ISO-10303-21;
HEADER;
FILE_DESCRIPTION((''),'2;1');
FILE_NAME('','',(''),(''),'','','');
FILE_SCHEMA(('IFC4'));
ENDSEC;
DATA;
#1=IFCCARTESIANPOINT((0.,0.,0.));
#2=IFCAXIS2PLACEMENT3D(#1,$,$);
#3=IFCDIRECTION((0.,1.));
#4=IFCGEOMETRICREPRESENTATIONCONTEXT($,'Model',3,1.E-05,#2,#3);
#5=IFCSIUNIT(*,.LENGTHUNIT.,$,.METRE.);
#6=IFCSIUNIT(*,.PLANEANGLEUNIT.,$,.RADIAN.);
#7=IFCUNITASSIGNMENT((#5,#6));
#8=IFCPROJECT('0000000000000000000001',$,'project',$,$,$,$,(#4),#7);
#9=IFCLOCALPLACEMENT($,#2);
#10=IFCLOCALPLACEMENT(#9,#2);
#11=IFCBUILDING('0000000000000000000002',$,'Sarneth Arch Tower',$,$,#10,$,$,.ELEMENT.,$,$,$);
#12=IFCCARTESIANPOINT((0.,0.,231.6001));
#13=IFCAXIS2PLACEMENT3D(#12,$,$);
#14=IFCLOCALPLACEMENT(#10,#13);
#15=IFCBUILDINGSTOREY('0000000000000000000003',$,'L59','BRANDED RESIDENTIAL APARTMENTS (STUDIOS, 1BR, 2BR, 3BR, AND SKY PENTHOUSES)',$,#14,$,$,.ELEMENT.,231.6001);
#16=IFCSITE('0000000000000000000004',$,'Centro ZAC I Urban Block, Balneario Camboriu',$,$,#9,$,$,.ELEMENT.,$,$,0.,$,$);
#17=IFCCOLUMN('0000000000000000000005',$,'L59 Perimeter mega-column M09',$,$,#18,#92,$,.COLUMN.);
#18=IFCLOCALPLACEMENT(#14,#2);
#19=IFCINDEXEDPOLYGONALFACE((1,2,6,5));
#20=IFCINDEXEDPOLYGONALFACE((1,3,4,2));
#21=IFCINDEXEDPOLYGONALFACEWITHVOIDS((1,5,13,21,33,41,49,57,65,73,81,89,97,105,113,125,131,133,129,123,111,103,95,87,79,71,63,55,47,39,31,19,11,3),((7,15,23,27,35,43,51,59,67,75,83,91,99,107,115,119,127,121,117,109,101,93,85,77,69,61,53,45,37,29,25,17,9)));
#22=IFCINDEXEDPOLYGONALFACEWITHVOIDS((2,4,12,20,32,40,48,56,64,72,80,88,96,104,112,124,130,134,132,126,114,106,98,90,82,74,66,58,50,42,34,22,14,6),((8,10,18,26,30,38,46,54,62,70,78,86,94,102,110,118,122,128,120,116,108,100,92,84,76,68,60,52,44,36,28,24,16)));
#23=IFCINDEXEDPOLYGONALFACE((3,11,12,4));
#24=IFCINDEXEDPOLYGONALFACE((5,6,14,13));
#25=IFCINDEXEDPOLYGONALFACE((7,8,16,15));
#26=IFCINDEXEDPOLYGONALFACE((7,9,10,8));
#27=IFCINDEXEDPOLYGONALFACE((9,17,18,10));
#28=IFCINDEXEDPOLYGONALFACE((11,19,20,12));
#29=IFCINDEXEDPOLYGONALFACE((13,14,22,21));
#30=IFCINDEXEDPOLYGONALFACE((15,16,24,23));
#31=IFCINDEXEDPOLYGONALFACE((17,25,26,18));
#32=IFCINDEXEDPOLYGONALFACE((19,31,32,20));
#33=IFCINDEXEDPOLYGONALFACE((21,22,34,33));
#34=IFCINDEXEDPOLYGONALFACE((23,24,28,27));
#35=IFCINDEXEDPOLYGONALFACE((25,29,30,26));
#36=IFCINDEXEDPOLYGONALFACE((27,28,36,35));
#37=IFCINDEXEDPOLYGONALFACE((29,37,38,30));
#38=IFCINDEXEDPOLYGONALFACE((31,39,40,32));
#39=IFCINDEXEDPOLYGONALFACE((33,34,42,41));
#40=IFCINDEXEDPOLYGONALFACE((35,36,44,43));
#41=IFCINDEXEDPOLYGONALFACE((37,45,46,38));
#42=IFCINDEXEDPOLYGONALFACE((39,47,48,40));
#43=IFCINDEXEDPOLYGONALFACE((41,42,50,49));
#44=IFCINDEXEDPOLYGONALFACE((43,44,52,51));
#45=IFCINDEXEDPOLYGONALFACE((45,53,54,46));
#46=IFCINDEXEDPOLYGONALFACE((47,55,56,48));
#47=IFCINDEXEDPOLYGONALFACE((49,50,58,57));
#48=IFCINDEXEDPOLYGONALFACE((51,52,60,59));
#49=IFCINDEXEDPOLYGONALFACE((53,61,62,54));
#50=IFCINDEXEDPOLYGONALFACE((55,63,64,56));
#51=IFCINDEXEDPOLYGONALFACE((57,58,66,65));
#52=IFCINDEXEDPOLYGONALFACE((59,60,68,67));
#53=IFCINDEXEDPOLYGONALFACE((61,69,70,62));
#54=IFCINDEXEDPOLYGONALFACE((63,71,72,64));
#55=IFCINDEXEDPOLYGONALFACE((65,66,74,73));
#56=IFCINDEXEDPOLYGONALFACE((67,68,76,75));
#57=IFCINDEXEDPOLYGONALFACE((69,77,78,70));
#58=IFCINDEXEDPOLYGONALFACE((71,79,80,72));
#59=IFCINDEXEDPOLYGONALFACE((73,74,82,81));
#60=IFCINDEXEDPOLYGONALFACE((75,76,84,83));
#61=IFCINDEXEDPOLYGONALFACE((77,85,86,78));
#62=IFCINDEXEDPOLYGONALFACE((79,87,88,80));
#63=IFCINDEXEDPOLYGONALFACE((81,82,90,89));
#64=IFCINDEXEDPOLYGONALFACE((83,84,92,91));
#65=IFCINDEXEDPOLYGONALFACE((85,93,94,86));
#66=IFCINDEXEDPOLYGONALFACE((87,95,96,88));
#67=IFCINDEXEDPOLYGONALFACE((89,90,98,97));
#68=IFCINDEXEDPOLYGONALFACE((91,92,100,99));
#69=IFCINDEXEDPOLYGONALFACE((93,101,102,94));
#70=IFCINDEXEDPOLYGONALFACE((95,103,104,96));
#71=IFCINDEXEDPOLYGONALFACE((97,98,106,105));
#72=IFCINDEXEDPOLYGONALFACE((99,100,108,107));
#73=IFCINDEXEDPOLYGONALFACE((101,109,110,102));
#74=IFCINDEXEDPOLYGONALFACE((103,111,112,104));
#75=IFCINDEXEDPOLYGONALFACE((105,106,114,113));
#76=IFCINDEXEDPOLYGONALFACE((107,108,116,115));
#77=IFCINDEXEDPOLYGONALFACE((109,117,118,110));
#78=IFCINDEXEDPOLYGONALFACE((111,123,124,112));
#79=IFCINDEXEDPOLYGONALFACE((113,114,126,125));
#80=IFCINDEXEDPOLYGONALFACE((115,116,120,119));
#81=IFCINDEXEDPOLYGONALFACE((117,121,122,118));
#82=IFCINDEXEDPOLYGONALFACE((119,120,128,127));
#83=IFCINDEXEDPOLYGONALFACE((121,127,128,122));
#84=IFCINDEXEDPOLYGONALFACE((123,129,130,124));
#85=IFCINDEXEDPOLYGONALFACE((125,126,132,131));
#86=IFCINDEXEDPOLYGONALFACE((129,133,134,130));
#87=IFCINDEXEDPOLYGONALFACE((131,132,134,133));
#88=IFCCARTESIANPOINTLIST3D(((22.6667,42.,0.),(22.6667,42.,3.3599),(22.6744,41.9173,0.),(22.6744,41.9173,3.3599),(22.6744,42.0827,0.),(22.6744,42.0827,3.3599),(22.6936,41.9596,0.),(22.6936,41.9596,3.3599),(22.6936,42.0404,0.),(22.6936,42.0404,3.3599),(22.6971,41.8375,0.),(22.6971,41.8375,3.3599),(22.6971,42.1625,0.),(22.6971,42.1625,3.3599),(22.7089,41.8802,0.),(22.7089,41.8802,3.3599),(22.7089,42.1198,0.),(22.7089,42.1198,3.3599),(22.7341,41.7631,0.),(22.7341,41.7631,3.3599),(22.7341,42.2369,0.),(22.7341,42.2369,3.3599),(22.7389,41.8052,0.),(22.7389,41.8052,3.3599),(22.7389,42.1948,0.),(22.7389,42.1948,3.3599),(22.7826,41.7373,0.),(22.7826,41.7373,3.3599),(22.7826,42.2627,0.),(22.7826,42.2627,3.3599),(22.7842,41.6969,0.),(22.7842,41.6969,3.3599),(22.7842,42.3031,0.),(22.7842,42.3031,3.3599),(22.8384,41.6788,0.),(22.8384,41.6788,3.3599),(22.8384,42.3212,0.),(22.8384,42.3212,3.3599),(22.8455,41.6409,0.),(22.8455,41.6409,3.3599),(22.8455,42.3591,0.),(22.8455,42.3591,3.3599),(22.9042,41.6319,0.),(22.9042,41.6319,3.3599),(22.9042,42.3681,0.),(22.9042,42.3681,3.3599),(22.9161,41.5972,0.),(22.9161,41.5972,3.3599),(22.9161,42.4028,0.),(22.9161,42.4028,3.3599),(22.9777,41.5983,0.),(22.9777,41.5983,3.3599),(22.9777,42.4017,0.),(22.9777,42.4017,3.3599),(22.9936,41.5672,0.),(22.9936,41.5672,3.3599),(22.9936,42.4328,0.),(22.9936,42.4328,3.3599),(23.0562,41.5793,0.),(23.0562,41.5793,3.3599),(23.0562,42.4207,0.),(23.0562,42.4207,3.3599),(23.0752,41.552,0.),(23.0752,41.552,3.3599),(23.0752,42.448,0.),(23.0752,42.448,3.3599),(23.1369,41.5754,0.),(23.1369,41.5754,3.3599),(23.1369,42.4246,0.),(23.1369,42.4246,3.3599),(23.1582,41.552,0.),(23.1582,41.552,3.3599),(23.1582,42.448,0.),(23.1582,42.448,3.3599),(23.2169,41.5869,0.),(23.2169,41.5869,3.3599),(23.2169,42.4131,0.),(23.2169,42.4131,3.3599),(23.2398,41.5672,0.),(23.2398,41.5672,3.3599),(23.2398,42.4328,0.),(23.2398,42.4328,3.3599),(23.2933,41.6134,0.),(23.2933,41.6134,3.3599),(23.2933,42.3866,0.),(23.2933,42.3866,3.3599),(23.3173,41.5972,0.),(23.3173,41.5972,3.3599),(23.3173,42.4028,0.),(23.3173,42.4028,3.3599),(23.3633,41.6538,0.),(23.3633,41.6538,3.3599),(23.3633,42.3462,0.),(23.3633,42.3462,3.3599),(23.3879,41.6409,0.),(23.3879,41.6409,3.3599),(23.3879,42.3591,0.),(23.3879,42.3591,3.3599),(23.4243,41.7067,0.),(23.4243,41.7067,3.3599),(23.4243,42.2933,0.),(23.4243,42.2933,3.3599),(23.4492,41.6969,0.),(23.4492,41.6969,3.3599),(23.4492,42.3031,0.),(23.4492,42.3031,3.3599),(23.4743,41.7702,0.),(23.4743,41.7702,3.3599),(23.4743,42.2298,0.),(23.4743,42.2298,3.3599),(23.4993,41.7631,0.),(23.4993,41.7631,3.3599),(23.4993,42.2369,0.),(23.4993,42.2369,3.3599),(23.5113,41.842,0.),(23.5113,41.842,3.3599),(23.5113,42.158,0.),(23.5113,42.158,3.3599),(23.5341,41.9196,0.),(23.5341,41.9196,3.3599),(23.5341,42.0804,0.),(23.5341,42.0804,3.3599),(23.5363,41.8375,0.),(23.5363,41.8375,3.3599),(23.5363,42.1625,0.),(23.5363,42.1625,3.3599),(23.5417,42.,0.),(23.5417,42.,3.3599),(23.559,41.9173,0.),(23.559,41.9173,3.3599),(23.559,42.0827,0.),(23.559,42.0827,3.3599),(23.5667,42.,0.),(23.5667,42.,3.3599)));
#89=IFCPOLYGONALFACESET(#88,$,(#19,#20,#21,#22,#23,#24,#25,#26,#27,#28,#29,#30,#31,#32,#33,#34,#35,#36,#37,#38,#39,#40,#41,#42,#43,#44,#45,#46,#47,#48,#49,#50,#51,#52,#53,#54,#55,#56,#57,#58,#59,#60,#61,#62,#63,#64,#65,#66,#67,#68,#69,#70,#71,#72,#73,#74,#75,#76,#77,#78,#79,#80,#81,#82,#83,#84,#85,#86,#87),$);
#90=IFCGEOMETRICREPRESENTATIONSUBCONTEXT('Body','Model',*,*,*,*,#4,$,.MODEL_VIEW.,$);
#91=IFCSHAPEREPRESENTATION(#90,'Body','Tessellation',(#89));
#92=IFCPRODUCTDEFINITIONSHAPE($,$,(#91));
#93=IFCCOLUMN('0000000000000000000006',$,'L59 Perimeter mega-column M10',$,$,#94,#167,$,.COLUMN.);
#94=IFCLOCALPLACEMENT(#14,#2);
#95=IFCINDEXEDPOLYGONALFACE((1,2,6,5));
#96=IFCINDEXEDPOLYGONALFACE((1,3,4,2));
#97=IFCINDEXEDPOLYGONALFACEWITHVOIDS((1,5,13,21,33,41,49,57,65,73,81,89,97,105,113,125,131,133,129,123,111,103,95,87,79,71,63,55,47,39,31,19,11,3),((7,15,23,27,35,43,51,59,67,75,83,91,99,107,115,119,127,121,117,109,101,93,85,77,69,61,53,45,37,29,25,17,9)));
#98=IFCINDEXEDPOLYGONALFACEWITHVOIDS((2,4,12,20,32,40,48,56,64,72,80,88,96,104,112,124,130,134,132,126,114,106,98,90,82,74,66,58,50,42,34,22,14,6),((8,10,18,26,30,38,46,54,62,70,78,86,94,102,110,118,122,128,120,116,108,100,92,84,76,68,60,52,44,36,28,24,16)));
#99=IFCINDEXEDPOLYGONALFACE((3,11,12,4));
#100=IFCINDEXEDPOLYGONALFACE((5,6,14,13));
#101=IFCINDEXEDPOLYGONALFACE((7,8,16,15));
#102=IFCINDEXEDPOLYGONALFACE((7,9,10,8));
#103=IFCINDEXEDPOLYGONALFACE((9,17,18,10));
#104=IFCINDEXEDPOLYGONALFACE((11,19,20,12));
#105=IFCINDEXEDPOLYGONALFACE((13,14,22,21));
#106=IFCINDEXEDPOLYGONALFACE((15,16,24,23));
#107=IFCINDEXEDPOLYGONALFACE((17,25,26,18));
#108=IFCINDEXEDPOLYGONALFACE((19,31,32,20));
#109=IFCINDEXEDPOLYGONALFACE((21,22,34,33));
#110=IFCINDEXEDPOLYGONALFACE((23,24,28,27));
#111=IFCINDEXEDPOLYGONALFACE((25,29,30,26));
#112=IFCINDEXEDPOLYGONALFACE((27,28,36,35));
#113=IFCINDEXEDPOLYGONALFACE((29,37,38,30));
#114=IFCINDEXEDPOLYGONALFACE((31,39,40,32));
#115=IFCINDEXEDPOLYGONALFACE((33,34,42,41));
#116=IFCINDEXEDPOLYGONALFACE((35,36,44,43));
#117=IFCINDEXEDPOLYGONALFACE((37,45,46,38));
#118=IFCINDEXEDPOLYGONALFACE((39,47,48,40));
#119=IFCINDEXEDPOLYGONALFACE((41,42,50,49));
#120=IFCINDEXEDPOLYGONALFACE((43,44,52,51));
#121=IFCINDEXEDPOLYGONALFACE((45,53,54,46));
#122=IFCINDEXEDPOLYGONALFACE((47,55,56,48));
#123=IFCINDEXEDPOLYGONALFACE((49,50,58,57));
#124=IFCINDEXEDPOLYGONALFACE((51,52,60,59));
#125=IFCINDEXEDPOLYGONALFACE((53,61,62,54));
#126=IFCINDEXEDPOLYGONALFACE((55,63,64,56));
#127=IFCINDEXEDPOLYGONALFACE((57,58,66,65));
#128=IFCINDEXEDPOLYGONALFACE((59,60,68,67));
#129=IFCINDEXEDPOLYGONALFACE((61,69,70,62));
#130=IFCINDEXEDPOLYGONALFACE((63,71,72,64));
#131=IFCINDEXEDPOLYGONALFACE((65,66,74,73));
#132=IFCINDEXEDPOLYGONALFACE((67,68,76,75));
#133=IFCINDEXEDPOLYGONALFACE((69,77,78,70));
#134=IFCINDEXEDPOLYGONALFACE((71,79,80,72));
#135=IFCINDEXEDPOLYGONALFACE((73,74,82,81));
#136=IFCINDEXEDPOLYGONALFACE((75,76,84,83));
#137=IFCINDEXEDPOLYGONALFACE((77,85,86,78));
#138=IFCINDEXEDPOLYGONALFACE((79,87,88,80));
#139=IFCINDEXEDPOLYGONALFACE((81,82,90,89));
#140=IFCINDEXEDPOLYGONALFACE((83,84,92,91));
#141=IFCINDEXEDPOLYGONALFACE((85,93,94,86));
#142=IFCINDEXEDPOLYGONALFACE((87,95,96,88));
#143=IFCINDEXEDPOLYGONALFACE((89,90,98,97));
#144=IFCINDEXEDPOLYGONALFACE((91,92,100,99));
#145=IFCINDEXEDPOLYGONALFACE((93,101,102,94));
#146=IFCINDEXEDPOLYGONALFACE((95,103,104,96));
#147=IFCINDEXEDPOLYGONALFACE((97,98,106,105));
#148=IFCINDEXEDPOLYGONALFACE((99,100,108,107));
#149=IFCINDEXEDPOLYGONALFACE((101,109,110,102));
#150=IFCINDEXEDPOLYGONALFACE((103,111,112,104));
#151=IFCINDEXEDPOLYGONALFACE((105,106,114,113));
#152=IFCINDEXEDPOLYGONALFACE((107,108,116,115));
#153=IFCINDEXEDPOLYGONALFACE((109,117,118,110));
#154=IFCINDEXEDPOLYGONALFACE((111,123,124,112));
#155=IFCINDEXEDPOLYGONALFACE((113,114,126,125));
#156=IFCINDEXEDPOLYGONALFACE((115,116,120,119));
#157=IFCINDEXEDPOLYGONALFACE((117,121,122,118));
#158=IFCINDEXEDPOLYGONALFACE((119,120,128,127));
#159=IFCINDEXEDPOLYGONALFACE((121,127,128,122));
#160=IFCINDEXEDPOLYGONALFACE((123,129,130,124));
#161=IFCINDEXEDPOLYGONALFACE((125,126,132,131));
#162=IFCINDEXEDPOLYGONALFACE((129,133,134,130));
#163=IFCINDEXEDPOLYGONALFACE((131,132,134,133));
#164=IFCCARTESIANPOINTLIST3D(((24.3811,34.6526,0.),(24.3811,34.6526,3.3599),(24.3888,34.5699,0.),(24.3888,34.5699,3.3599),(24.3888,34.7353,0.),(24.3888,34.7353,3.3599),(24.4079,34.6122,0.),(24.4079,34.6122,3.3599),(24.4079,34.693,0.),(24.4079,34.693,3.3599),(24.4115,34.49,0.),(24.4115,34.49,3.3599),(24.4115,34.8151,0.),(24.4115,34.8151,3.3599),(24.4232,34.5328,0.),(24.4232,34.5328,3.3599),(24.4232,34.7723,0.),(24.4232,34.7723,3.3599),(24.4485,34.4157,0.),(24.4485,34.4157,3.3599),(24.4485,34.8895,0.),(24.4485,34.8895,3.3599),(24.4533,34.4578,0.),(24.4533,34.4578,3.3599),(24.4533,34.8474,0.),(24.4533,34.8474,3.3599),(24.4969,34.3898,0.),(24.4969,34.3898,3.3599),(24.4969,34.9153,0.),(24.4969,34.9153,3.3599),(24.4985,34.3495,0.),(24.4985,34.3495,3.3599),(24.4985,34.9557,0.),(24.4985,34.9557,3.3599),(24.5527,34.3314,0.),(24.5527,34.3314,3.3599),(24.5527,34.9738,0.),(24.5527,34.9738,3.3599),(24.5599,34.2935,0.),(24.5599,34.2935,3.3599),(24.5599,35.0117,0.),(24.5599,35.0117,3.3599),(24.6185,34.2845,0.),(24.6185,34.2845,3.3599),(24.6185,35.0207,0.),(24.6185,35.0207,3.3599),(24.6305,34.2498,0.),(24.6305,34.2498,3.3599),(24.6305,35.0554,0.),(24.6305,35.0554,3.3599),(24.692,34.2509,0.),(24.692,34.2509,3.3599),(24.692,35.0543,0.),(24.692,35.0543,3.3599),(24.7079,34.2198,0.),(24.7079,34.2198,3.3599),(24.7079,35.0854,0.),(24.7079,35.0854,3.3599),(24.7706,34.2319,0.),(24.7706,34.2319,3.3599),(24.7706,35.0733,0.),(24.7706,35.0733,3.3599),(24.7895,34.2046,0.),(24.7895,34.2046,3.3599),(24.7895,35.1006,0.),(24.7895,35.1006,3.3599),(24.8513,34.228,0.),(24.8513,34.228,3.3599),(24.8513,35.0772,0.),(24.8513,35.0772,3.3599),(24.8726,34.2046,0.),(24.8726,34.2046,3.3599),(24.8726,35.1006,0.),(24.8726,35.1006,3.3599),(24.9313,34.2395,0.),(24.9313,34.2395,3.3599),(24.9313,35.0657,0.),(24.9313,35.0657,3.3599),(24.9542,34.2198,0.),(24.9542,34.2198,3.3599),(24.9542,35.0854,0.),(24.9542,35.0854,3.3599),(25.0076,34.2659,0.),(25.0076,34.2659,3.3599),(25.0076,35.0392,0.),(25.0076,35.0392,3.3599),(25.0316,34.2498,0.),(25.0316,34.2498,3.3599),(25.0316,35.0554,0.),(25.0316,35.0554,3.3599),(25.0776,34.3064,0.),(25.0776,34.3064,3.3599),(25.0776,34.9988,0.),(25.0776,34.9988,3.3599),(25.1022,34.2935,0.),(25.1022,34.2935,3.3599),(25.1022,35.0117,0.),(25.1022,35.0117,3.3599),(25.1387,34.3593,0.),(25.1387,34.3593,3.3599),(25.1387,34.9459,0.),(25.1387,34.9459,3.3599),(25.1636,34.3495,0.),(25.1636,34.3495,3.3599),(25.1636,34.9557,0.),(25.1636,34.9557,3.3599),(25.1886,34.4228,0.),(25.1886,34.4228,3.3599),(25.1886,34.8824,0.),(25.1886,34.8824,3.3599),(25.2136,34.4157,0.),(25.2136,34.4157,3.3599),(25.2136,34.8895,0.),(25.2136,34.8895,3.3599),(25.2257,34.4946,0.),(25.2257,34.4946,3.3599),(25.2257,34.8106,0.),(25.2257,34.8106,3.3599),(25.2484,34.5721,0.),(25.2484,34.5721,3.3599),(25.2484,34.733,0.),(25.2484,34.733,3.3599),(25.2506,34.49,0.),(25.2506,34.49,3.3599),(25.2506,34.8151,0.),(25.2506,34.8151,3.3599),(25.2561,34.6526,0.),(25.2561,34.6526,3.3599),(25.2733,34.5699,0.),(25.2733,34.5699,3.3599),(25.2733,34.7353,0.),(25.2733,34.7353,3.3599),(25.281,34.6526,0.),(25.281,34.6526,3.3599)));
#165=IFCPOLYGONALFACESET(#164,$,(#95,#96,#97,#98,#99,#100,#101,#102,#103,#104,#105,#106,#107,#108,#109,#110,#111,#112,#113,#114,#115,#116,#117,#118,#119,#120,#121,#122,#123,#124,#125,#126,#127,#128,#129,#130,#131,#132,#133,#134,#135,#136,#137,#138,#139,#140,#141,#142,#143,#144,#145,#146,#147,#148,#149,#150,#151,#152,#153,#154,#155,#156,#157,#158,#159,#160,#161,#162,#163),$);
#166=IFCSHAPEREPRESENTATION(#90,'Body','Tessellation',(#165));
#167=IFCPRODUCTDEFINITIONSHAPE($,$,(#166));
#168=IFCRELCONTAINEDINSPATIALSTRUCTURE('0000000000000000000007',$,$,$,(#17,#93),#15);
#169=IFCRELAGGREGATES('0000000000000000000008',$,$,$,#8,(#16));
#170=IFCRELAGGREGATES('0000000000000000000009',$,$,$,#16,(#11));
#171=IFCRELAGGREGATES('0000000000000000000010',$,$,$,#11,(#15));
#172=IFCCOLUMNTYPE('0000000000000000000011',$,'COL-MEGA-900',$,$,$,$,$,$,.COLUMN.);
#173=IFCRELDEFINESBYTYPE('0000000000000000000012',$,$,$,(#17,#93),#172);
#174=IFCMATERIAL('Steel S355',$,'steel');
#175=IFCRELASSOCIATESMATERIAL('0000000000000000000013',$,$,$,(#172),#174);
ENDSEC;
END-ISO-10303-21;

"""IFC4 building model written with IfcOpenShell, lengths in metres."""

from ifc_helpers import new_model, si_unit, direction, frame, origin, origin_2d, place, context, subcontext, project, spatial, hollow_circle, extrude, material, material_profile, profile_set, type_object, element, save


model = new_model("IFC4")

# Units and contexts
model_context = context("Model", 3, precision=1e-05, world=origin(), true_north=direction((0.0, 1.0)))
body_context = subcontext(model_context, "Body", "Model", "MODEL_VIEW")
ifc_project = project(units=[si_unit("LENGTHUNIT", "METRE"), si_unit("PLANEANGLEUNIT", "RADIAN")], contexts=[model_context])

# Site, building, storey
site_placement = place(None, origin())
site = spatial("IfcSite", under=ifc_project, at=site_placement, Name="Centro ZAC I Urban Block, Balneario Camboriu", CompositionType="ELEMENT", RefElevation=0.0)
building_placement = place(site_placement, origin())
building = spatial("IfcBuilding", under=site, at=building_placement, Name="Sarneth Arch Tower", CompositionType="ELEMENT")
storey_placement = place(building_placement, frame((0.0, 0.0, 231.6001)))
storey = spatial("IfcBuildingStorey", under=building, at=storey_placement, Name="L59", Description="BRANDED RESIDENTIAL APARTMENTS (STUDIOS, 1BR, 2BR, 3BR, AND SKY PENTHOUSES)", CompositionType="ELEMENT", Elevation=231.6001)

# Columns
ifc_material_1 = material(Name="Steel S355", Category="steel")
ifc_material_profile_1 = material_profile(ifc_material_1, hollow_circle(Radius=0.45, WallThickness=0.0249, at=origin_2d()), Name="CHS900x25")
ifc_profile_set_1 = profile_set([ifc_material_profile_1], Name="Steel S355")
column_type = type_object("IfcColumnType", Name="COL-MEGA-900", PredefinedType="COLUMN", material=ifc_profile_set_1)
for number, where, z_axis, x_axis, name in (
    (1, (23.1167, 42.0, 0.0), (0.0, 0.0, 1.0), (1.0, 0.0, 0.0), "L59 Perimeter mega-column M09"),
    (2, (24.8311, 34.6526, 0.0), (0.0, 0.0, 1.0), (1.0, 0.0, 0.0), "L59 Perimeter mega-column M10"),
):
    element("IfcColumn", number, at=place(storey_placement, frame(where, z_axis=z_axis, x_axis=x_axis)), inside=storey, type_object=column_type, Name=name, PredefinedType="COLUMN", context=body_context, shape_type="SweptSolid", body=[
        extrude(hollow_circle(Radius=0.45, WallThickness=0.0249, at=origin_2d()), origin(), (0.0, 0.0, 1.0), 3.3599),
    ])

save(model, "model.ifc")
